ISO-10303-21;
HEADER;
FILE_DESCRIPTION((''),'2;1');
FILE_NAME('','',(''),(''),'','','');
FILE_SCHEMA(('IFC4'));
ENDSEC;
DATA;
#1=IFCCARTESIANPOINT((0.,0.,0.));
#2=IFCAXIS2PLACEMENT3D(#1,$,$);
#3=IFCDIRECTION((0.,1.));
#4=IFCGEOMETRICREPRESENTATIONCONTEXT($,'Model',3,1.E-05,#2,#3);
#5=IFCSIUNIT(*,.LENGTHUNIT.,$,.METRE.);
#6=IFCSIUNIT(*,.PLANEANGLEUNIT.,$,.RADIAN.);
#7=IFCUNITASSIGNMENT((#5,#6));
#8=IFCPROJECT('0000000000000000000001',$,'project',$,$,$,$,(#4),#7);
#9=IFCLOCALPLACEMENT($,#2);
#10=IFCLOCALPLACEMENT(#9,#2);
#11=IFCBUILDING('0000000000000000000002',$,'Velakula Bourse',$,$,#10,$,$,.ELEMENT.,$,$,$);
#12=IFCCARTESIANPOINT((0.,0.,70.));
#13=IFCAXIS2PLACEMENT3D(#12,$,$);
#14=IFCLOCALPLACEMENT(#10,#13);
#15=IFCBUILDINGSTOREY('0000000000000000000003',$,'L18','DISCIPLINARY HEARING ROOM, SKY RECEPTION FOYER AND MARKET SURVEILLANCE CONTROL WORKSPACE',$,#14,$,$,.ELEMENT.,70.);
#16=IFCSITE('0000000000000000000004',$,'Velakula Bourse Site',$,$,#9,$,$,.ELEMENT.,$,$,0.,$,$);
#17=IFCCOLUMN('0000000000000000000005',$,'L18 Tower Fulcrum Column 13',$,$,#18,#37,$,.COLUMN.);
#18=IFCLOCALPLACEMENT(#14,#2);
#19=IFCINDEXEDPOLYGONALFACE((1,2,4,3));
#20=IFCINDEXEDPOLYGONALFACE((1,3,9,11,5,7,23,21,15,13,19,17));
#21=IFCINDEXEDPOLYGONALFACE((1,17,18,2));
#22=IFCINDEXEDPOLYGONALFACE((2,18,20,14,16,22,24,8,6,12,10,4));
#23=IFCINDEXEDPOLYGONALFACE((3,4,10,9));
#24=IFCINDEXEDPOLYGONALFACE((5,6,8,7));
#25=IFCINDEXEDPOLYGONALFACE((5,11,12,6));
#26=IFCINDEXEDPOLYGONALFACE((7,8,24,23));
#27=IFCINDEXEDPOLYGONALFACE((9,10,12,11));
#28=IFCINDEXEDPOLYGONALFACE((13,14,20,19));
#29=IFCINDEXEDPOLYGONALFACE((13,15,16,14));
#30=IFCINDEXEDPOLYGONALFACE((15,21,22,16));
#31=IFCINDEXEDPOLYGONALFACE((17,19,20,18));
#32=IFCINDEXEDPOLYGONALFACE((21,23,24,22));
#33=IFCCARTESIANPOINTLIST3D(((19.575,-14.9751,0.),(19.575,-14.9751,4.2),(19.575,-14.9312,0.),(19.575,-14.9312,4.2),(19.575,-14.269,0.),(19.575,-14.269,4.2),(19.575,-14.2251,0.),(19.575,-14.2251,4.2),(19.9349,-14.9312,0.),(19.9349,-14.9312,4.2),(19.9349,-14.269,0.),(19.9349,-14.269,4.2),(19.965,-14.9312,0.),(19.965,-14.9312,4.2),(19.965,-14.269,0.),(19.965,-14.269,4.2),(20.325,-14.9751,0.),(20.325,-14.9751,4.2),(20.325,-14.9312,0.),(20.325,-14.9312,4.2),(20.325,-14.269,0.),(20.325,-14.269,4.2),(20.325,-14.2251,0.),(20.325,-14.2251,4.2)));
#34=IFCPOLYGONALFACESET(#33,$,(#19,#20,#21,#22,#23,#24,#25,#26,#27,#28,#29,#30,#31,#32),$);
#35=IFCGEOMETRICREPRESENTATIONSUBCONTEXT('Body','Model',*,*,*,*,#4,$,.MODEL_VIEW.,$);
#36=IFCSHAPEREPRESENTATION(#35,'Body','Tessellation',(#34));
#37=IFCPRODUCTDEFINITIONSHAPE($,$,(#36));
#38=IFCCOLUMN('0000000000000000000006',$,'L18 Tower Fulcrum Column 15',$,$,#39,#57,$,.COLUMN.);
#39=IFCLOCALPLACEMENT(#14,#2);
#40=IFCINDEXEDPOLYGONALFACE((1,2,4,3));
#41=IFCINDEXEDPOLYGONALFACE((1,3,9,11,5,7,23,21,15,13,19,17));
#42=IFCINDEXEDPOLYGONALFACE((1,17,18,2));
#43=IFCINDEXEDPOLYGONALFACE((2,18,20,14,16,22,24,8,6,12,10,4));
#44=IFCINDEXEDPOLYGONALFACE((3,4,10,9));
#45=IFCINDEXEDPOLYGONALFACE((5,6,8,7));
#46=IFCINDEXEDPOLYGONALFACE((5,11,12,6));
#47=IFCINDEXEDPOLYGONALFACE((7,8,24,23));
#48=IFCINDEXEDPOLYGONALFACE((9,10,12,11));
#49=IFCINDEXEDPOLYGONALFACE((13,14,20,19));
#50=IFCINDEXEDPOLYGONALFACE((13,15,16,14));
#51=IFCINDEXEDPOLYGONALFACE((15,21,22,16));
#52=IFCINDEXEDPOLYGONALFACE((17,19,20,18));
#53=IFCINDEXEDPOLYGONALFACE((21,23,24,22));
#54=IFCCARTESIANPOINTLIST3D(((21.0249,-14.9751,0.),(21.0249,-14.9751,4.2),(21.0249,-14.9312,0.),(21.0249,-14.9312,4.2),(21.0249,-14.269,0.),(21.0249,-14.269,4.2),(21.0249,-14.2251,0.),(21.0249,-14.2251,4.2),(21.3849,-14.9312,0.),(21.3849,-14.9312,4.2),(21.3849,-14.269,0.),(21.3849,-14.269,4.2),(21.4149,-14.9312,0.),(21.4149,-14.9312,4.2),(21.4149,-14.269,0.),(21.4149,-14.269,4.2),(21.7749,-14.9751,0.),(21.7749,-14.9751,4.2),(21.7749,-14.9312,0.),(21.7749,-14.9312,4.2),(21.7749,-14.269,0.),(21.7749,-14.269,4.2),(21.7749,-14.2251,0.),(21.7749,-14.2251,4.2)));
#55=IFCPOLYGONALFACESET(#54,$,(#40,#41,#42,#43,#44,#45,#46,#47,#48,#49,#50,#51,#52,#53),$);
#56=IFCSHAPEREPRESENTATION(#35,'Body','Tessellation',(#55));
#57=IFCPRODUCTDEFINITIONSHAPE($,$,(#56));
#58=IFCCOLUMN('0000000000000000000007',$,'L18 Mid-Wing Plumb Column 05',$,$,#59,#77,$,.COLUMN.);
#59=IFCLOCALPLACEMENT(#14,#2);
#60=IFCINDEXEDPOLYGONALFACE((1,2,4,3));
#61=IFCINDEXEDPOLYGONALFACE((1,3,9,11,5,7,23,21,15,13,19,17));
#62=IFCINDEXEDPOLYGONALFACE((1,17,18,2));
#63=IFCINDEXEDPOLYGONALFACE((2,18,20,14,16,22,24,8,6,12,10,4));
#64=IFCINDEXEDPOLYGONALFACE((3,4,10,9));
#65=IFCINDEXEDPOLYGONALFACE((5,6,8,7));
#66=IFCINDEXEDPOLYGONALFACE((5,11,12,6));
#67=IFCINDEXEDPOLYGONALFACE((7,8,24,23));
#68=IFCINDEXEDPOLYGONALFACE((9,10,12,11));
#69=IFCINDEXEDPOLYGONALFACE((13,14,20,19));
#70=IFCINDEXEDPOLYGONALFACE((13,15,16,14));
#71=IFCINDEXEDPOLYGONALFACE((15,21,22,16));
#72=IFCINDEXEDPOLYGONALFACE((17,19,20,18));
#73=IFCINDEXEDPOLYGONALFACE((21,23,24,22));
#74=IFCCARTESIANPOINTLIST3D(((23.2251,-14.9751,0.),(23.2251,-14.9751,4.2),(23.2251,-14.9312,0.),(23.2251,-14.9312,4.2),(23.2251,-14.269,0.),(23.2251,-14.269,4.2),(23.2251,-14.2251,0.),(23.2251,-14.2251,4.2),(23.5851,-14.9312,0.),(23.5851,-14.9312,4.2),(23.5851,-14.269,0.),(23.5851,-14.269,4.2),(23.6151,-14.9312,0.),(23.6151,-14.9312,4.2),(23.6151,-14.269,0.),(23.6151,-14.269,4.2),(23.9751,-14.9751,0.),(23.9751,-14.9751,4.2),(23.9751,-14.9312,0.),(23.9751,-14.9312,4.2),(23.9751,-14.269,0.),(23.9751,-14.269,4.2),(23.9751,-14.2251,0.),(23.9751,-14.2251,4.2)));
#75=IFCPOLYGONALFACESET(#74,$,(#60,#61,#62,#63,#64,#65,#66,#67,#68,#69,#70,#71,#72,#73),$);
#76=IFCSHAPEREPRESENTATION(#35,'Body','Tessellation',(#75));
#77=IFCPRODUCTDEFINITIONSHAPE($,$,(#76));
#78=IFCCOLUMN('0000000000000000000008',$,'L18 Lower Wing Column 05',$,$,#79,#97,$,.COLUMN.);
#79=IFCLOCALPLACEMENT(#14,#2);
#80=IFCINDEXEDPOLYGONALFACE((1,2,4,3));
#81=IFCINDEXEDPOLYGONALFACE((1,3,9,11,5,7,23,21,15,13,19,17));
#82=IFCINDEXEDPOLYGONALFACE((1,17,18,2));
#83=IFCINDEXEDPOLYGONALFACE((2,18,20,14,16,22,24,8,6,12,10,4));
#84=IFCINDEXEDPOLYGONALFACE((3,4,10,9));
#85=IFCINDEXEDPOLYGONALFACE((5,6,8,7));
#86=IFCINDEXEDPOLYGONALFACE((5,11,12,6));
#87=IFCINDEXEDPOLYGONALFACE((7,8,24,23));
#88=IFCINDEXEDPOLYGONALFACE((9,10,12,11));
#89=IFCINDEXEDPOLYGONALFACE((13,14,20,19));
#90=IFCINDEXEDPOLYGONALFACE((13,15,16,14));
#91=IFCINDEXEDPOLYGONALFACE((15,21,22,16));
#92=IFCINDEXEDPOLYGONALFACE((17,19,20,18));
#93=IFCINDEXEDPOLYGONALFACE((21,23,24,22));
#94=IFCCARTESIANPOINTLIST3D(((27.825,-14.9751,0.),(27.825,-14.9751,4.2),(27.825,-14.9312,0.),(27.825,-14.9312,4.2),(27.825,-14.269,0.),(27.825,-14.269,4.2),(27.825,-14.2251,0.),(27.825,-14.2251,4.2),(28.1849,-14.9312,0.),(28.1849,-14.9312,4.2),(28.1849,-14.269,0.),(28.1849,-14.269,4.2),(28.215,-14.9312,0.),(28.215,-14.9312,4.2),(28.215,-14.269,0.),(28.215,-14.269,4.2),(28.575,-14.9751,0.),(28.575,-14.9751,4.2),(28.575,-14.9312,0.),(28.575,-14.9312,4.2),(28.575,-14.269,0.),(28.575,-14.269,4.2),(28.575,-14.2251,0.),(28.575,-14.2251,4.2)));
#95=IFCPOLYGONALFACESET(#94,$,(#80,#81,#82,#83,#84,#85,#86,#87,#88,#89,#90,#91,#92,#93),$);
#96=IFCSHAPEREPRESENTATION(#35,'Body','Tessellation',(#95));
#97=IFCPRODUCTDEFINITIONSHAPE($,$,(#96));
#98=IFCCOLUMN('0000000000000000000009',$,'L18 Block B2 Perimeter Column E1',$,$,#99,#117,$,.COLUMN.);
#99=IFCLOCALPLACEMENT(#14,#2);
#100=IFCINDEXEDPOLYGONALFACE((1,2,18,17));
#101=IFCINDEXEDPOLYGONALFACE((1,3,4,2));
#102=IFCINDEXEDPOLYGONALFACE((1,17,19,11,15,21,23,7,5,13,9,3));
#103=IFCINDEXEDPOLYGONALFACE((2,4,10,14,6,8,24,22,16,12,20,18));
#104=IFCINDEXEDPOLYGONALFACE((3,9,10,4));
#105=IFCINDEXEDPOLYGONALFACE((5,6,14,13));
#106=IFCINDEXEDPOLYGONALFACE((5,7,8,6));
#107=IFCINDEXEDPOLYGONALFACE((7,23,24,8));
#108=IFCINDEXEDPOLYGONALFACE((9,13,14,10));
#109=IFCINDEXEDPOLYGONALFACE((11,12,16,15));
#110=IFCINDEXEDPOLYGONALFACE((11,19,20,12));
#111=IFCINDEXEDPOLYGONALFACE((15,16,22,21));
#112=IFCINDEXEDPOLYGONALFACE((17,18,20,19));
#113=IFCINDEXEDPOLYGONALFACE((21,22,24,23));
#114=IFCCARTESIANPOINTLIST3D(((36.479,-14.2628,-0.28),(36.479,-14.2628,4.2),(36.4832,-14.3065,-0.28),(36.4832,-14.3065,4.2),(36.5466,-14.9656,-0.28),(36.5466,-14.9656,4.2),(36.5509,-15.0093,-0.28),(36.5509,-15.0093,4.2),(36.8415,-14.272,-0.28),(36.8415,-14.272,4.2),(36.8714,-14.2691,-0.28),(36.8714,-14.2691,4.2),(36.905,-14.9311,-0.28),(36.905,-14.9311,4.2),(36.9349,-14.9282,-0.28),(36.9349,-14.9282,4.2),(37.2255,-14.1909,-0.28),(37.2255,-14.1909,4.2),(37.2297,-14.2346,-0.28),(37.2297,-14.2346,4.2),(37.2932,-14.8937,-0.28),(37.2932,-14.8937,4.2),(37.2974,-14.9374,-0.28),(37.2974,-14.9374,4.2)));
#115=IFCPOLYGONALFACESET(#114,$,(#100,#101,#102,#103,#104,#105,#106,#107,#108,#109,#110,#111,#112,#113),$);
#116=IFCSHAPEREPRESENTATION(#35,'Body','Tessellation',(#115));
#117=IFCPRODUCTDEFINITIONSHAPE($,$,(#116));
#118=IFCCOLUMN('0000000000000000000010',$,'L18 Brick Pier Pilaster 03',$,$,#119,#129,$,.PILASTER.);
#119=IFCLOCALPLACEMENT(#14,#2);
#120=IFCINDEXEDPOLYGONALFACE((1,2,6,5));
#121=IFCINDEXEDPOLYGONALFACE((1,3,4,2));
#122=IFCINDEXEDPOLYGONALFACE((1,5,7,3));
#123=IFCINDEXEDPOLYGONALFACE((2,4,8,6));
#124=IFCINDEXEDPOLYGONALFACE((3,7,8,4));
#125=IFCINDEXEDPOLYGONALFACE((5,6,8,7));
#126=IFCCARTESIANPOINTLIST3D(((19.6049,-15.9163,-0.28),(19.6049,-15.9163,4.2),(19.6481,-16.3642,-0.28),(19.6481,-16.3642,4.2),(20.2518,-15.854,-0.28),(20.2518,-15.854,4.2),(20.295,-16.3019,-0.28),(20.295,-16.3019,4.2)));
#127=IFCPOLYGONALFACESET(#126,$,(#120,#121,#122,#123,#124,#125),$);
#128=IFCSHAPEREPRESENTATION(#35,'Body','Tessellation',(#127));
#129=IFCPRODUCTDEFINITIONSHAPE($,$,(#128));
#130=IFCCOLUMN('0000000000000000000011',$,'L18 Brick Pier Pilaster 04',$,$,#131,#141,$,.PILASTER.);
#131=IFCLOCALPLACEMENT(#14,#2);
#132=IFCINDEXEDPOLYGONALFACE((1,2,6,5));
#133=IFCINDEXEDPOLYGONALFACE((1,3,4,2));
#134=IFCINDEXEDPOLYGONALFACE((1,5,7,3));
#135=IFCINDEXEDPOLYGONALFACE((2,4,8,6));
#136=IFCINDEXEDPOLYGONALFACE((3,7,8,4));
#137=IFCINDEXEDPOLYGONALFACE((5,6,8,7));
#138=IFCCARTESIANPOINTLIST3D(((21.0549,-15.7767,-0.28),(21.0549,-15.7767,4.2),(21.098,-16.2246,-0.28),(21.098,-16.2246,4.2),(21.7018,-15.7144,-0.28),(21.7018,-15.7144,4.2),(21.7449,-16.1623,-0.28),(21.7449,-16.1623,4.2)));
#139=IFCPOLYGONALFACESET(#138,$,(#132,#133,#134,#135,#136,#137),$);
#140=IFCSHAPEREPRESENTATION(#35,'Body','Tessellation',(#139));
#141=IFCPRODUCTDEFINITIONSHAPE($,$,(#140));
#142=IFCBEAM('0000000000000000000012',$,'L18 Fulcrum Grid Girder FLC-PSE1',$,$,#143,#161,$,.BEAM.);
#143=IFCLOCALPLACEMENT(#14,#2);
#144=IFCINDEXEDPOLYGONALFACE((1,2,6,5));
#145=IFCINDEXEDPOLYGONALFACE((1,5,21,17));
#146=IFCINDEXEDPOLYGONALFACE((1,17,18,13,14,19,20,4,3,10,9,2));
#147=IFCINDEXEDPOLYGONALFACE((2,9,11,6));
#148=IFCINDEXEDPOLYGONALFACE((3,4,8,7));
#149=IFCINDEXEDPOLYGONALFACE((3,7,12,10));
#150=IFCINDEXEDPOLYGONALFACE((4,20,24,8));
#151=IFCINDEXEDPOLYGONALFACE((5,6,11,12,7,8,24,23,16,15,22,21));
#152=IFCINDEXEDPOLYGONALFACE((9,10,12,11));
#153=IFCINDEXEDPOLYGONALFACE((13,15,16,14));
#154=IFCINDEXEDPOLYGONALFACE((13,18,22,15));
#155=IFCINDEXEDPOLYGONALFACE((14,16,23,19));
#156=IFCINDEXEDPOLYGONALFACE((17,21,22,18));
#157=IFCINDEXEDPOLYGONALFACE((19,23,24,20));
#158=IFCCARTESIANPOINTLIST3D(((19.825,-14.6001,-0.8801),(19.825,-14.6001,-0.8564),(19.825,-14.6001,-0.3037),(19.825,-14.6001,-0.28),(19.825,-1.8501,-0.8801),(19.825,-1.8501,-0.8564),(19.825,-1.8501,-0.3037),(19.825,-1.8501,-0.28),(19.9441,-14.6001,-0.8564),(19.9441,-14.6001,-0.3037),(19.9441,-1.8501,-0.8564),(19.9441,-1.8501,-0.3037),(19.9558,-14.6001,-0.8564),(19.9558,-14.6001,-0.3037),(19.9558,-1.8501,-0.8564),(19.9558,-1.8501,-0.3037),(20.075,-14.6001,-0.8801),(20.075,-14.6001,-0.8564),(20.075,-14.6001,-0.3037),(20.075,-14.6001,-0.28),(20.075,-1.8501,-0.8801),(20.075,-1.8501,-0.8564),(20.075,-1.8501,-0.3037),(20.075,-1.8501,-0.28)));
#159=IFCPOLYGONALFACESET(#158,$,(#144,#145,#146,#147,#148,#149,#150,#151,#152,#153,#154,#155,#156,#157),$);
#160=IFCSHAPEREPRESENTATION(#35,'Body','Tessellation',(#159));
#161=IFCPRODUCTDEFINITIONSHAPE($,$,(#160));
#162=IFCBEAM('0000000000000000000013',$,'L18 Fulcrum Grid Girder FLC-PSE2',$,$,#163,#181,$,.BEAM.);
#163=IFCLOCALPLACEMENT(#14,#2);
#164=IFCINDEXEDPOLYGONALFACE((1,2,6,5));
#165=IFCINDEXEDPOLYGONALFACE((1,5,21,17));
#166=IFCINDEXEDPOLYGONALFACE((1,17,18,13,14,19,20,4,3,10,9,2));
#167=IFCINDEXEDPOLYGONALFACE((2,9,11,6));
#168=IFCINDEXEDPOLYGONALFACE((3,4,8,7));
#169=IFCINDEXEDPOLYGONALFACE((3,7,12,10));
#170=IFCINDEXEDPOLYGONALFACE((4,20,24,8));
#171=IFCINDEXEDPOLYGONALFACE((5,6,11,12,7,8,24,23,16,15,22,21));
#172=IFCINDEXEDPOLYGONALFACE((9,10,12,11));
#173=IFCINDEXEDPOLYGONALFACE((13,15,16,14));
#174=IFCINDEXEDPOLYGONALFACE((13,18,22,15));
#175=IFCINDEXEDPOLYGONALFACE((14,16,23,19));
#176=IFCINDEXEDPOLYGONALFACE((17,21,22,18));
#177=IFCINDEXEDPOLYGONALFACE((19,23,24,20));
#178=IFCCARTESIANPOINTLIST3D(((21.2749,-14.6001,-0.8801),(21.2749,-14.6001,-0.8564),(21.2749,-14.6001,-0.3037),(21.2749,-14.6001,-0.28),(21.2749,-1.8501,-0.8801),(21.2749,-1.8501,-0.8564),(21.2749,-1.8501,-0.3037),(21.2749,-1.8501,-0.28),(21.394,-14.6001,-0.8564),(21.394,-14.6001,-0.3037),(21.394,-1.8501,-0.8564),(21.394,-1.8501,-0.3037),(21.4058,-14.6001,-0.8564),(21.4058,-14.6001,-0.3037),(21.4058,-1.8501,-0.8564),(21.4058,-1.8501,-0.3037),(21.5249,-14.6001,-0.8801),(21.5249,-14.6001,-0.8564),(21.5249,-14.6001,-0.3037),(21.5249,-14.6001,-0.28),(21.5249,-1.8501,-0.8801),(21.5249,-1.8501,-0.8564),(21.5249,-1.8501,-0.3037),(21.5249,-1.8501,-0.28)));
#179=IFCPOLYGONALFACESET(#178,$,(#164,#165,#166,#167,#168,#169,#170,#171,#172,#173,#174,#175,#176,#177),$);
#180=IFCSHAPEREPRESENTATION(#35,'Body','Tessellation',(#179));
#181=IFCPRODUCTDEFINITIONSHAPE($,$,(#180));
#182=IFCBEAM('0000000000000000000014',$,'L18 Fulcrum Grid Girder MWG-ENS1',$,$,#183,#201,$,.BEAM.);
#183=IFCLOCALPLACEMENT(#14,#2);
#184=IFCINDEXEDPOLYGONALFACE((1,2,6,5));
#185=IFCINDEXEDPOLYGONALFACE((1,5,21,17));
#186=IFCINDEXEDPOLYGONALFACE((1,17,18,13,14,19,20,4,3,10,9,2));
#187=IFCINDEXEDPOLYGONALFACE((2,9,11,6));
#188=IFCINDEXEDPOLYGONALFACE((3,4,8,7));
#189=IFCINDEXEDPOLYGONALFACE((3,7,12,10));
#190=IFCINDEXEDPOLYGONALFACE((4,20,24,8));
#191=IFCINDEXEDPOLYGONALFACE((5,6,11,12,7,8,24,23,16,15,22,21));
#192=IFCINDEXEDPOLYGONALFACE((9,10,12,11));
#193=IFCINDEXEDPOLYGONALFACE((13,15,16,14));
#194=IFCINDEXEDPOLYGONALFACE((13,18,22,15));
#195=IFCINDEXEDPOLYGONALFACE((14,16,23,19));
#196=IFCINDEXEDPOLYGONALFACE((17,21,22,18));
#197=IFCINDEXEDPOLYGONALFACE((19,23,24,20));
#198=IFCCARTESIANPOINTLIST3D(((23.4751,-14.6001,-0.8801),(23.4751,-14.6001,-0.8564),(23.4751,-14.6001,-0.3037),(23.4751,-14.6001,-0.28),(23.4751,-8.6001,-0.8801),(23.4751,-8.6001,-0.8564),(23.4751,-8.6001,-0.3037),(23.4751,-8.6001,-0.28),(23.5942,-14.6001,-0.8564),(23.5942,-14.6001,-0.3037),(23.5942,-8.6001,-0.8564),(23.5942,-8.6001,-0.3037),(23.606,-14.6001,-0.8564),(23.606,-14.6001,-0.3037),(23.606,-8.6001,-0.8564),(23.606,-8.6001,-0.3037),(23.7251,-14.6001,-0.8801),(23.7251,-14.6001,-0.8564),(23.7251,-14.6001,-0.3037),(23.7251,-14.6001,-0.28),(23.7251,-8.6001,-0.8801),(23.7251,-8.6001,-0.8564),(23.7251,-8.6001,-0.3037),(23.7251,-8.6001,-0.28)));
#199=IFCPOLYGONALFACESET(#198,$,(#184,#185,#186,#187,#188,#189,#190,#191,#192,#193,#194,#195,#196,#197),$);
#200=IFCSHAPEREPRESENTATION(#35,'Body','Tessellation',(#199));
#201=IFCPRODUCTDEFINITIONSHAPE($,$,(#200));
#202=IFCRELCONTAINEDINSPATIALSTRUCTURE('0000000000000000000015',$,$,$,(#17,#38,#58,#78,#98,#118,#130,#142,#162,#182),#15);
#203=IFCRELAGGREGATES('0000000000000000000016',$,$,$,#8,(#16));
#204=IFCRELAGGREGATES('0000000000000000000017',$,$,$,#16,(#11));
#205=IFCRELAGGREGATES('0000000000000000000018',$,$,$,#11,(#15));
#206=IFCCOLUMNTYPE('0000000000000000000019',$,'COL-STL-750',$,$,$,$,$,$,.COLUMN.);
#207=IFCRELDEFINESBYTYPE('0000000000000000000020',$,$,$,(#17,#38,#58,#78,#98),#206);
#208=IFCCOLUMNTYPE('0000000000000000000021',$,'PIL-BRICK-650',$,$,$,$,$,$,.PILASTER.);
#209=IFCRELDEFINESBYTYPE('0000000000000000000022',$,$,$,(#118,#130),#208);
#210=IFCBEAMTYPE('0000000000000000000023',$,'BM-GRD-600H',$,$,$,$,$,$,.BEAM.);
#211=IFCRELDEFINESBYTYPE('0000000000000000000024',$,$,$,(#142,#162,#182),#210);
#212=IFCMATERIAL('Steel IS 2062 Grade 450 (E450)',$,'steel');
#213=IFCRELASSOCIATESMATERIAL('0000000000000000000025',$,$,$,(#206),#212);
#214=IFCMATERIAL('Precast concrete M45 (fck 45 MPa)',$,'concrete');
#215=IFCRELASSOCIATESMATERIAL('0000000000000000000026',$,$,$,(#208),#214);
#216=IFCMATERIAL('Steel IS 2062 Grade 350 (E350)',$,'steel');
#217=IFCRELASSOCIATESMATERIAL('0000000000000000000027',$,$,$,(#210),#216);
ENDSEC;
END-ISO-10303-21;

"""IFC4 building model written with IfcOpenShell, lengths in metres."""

from ifc_helpers import new_model, si_unit, direction, frame, origin, origin_2d, place, context, subcontext, project, spatial, rectangle, i_section, extrude, material, material_profile, profile_set, type_object, element, save


model = new_model("IFC4")

# Units and contexts
model_context = context("Model", 3, precision=1e-05, world=origin(), true_north=direction((0.0, 1.0)))
body_context = subcontext(model_context, "Body", "Model", "MODEL_VIEW")
ifc_project = project(units=[si_unit("LENGTHUNIT", "METRE"), si_unit("PLANEANGLEUNIT", "RADIAN")], contexts=[model_context])

# Site, building, storey
site_placement = place(None, origin())
site = spatial("IfcSite", under=ifc_project, at=site_placement, Name="Velakula Bourse Site", CompositionType="ELEMENT", RefElevation=0.0)
building_placement = place(site_placement, origin())
building = spatial("IfcBuilding", under=site, at=building_placement, Name="Velakula Bourse", CompositionType="ELEMENT")
storey_placement = place(building_placement, frame((0.0, 0.0, 70.0)))
storey = spatial("IfcBuildingStorey", under=building, at=storey_placement, Name="L18", Description="DISCIPLINARY HEARING ROOM, SKY RECEPTION FOYER AND MARKET SURVEILLANCE CONTROL WORKSPACE", CompositionType="ELEMENT", Elevation=70.0)

# Columns
ifc_material_1 = material(Name="Steel IS 2062 Grade 450 (E450)", Category="steel")
ifc_material_profile_1 = material_profile(ifc_material_1, i_section(OverallWidth=0.75, OverallDepth=0.75, WebThickness=0.03, FlangeThickness=0.0439, at=origin_2d()), Name="Steel IS 2062 Grade 450 (E450)")
ifc_profile_set_1 = profile_set([ifc_material_profile_1], Name="Steel IS 2062 Grade 450 (E450)")
column_type_1 = type_object("IfcColumnType", Name="COL-STL-750", PredefinedType="COLUMN", material=ifc_profile_set_1)
for number, where, z_axis, x_axis, name in (
    (1, (19.95, -14.6001, 0.0), (0.0, 0.0, 1.0), (1.0, 0.0, 0.0), "L18 Tower Fulcrum Column 13"),
    (2, (21.3999, -14.6001, 0.0), (0.0, 0.0, 1.0), (1.0, 0.0, 0.0), "L18 Tower Fulcrum Column 15"),
    (3, (23.6001, -14.6001, 0.0), (0.0, 0.0, 1.0), (1.0, 0.0, 0.0), "L18 Mid-Wing Plumb Column 05"),
    (4, (28.2, -14.6001, 0.0), (0.0, 0.0, 1.0), (1.0, 0.0, 0.0), "L18 Lower Wing Column 05"),
):
    element("IfcColumn", number, at=place(storey_placement, frame(where, z_axis=z_axis, x_axis=x_axis)), inside=storey, type_object=column_type_1, Name=name, PredefinedType="COLUMN", context=body_context, shape_type="SweptSolid", body=[
        extrude(i_section(OverallWidth=0.75, OverallDepth=0.75, WebThickness=0.03, FlangeThickness=0.0439, at=origin_2d()), origin(), (0.0, 0.0, 1.0), 4.2),
    ])
column_placement = place(storey_placement, frame((36.8882, -14.6001, -0.28), z_axis=(0.0, 0.0, 1.0), x_axis=(0.995396, 0.095846, 0.0)))
element("IfcColumn", 5, at=column_placement, inside=storey, type_object=column_type_1, Name="L18 Block B2 Perimeter Column E1", PredefinedType="COLUMN", context=body_context, shape_type="SweptSolid", body=[
    extrude(i_section(OverallWidth=0.75, OverallDepth=0.75, WebThickness=0.03, FlangeThickness=0.0439, at=origin_2d()), origin(), (0.0, 0.0, 1.0), 4.48),
])
ifc_material_2 = material(Name="Precast concrete M45 (fck 45 MPa)", Category="concrete")
ifc_material_profile_2 = material_profile(ifc_material_2, rectangle(XDim=0.6499, YDim=0.45, at=origin_2d()), Name="Precast concrete M45 (fck 45 MPa)")
ifc_profile_set_2 = profile_set([ifc_material_profile_2], Name="Precast concrete M45 (fck 45 MPa)")
column_type_2 = type_object("IfcColumnType", Name="PIL-BRICK-650", PredefinedType="PILASTER", material=ifc_profile_set_2)
for number, where, z_axis, x_axis, name in (
    (6, (19.95, -16.1091, -0.28), (0.0, 0.0, 1.0), (0.995396, 0.095846, 0.0), "L18 Brick Pier Pilaster 03"),
    (7, (21.3999, -15.9695, -0.28), (0.0, 0.0, 1.0), (0.995396, 0.095846, 0.0), "L18 Brick Pier Pilaster 04"),
):
    element("IfcColumn", number, at=place(storey_placement, frame(where, z_axis=z_axis, x_axis=x_axis)), inside=storey, type_object=column_type_2, Name=name, PredefinedType="PILASTER", context=body_context, shape_type="SweptSolid", body=[
        extrude(rectangle(XDim=0.6499, YDim=0.45, at=origin_2d()), origin(), (0.0, 0.0, 1.0), 4.48),
    ])

# Beams
ifc_material_3 = material(Name="Steel IS 2062 Grade 350 (E350)", Category="steel")
ifc_material_profile_3 = material_profile(ifc_material_3, i_section(OverallWidth=0.25, OverallDepth=0.6001, WebThickness=0.0117, FlangeThickness=0.0237, at=origin_2d()), Name="Steel IS 2062 Grade 350 (E350)")
ifc_profile_set_3 = profile_set([ifc_material_profile_3], Name="Steel IS 2062 Grade 350 (E350)")
beam_type_1 = type_object("IfcBeamType", Name="BM-GRD-600H", PredefinedType="BEAM", material=ifc_profile_set_3)
for number, where, z_axis, x_axis, name in (
    (8, (19.95, -14.6001, -0.5801), (0.0, 1.0, 0.0), (-1.0, 0.0, 0.0), "L18 Fulcrum Grid Girder FLC-PSE1"),
    (9, (21.3999, -14.6001, -0.5801), (0.0, 1.0, 0.0), (-1.0, 0.0, 0.0), "L18 Fulcrum Grid Girder FLC-PSE2"),
):
    element("IfcBeam", number, at=place(storey_placement, frame(where, z_axis=z_axis, x_axis=x_axis)), inside=storey, type_object=beam_type_1, Name=name, PredefinedType="BEAM", context=body_context, shape_type="SweptSolid", body=[
        extrude(i_section(OverallWidth=0.25, OverallDepth=0.6001, WebThickness=0.0117, FlangeThickness=0.0237, at=origin_2d()), origin(), (0.0, 0.0, 1.0), 12.75),
    ])
for number, where, z_axis, x_axis, name in (
    (10, (23.6001, -14.6001, -0.5801), (0.0, 1.0, 0.0), (-1.0, 0.0, 0.0), "L18 Fulcrum Grid Girder MWG-ENS1"),
):
    element("IfcBeam", number, at=place(storey_placement, frame(where, z_axis=z_axis, x_axis=x_axis)), inside=storey, type_object=beam_type_1, Name=name, PredefinedType="BEAM", context=body_context, shape_type="SweptSolid", body=[
        extrude(i_section(OverallWidth=0.25, OverallDepth=0.6001, WebThickness=0.0117, FlangeThickness=0.0237, at=origin_2d()), origin(), (0.0, 0.0, 1.0), 6.0),
    ])

save(model, "model.ifc")
